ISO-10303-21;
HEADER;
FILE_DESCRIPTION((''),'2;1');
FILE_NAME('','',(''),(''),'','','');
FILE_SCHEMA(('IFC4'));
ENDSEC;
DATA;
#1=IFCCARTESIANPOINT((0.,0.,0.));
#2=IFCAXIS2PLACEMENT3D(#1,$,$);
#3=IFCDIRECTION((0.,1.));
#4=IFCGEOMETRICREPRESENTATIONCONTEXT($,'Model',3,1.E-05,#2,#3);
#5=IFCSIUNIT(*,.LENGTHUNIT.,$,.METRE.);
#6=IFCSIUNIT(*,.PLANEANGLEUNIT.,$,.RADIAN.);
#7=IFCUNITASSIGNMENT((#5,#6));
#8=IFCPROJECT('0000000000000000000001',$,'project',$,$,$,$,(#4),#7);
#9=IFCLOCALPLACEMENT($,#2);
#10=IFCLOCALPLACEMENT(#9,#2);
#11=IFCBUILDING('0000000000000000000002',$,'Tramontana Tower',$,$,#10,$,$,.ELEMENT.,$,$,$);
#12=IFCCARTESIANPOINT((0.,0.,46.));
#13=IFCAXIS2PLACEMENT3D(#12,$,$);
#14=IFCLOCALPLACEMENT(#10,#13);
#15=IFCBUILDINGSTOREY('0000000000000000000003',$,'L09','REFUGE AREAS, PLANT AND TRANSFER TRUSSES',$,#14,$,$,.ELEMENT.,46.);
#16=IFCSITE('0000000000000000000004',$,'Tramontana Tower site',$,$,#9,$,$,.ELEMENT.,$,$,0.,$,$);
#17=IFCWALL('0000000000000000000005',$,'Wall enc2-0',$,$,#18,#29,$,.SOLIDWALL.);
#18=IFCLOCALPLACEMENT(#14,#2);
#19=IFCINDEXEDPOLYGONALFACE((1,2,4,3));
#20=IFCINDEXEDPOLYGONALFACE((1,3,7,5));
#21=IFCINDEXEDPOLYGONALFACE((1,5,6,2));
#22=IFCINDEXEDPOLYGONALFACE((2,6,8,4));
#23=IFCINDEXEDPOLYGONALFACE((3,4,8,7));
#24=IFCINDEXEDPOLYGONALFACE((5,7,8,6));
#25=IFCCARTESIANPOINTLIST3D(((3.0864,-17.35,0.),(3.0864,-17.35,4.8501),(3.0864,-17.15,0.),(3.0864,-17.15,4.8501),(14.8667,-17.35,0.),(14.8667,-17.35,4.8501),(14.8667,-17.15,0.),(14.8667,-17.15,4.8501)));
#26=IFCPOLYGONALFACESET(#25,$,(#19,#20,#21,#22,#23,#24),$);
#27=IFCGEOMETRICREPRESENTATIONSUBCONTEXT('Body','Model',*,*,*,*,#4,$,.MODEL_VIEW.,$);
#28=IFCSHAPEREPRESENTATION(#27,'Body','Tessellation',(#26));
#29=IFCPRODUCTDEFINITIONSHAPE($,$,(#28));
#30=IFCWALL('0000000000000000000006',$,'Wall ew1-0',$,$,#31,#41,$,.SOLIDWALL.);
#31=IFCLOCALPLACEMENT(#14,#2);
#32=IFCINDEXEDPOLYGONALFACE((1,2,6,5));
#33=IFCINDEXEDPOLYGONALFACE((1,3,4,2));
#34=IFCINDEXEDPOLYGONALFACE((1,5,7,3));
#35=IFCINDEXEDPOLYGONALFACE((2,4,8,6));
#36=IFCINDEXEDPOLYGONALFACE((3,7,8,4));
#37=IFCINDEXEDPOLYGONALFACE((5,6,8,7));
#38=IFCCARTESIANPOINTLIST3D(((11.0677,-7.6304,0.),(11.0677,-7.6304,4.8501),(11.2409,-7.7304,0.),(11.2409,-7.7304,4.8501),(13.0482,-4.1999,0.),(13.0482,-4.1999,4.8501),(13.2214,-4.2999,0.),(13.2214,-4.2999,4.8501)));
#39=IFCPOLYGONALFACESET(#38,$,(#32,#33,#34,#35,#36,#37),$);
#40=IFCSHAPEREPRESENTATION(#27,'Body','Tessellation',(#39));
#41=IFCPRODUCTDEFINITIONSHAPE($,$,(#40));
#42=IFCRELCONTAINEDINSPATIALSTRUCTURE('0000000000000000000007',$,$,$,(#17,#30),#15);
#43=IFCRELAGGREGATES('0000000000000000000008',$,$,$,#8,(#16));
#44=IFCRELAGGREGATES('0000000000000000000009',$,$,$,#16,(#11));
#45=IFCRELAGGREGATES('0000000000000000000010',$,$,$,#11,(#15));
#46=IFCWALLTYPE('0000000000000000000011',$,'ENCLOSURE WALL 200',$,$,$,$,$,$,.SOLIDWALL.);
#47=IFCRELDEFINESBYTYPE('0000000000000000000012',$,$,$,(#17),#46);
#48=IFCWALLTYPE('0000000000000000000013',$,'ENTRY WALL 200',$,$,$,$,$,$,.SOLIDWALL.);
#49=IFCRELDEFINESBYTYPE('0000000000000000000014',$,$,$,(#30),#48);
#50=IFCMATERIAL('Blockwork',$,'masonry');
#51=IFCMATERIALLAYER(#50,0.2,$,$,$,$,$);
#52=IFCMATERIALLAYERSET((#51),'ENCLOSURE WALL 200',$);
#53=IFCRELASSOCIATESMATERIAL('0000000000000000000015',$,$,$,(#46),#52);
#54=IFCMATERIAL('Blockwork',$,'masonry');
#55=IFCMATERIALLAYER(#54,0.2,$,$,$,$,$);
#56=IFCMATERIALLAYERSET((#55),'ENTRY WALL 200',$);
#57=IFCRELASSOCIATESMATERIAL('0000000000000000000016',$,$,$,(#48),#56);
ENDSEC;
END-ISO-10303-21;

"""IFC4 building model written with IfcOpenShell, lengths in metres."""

from ifc_helpers import new_model, si_unit, direction, frame, frame_2d, origin, place, context, subcontext, project, spatial, rectangle, extrude, material, layer, layer_set, type_object, element, save


model = new_model("IFC4")

# Units and contexts
model_context = context("Model", 3, precision=1e-05, world=origin(), true_north=direction((0.0, 1.0)))
body_context = subcontext(model_context, "Body", "Model", "MODEL_VIEW")
ifc_project = project(units=[si_unit("LENGTHUNIT", "METRE"), si_unit("PLANEANGLEUNIT", "RADIAN")], contexts=[model_context])

# Site, building, storey
site_placement = place(None, origin())
site = spatial("IfcSite", under=ifc_project, at=site_placement, Name="Tramontana Tower site", CompositionType="ELEMENT", RefElevation=0.0)
building_placement = place(site_placement, origin())
building = spatial("IfcBuilding", under=site, at=building_placement, Name="Tramontana Tower", CompositionType="ELEMENT")
storey_placement = place(building_placement, frame((0.0, 0.0, 46.0)))
storey = spatial("IfcBuildingStorey", under=building, at=storey_placement, Name="L09", Description="REFUGE AREAS, PLANT AND TRANSFER TRUSSES", CompositionType="ELEMENT", Elevation=46.0)

# Walls
ifc_material_1 = material(Name="Blockwork", Category="masonry")
ifc_layer_1 = layer(ifc_material_1, 0.2)
ifc_layer_set_1 = layer_set([ifc_layer_1], Name="ENCLOSURE WALL 200")
wall_type_1 = type_object("IfcWallType", Name="ENCLOSURE WALL 200", PredefinedType="SOLIDWALL", material=ifc_layer_set_1)
wall_1_placement = place(storey_placement, frame((14.8667, -17.25, 0.0), z_axis=(0.0, 0.0, 1.0), x_axis=(-1.0, 0.0, 0.0)))
element("IfcWall", 1, at=wall_1_placement, inside=storey, type_object=wall_type_1, Name="Wall enc2-0", PredefinedType="SOLIDWALL", context=body_context, shape_type="SweptSolid", body=[
    extrude(rectangle(XDim=11.7803, YDim=0.2, at=frame_2d((5.8901, 0.0))), origin(), (0.0, 0.0, 1.0), 4.8501),
])
ifc_material_2 = material(Name="Blockwork", Category="masonry")
ifc_layer_2 = layer(ifc_material_2, 0.2)
ifc_layer_set_2 = layer_set([ifc_layer_2], Name="ENTRY WALL 200")
wall_type_2 = type_object("IfcWallType", Name="ENTRY WALL 200", PredefinedType="SOLIDWALL", material=ifc_layer_set_2)
wall_2_placement = place(storey_placement, frame((13.1348, -4.25, 0.0), z_axis=(0.0, 0.0, 1.0), x_axis=(-0.499984, -0.866035, 0.0)))
element("IfcWall", 2, at=wall_2_placement, inside=storey, type_object=wall_type_2, Name="Wall ew1-0", PredefinedType="SOLIDWALL", context=body_context, shape_type="SweptSolid", body=[
    extrude(rectangle(XDim=3.9612, YDim=0.2, at=frame_2d((1.9805, 0.0))), origin(), (0.0, 0.0, 1.0), 4.8501),
])

save(model, "model.ifc")
